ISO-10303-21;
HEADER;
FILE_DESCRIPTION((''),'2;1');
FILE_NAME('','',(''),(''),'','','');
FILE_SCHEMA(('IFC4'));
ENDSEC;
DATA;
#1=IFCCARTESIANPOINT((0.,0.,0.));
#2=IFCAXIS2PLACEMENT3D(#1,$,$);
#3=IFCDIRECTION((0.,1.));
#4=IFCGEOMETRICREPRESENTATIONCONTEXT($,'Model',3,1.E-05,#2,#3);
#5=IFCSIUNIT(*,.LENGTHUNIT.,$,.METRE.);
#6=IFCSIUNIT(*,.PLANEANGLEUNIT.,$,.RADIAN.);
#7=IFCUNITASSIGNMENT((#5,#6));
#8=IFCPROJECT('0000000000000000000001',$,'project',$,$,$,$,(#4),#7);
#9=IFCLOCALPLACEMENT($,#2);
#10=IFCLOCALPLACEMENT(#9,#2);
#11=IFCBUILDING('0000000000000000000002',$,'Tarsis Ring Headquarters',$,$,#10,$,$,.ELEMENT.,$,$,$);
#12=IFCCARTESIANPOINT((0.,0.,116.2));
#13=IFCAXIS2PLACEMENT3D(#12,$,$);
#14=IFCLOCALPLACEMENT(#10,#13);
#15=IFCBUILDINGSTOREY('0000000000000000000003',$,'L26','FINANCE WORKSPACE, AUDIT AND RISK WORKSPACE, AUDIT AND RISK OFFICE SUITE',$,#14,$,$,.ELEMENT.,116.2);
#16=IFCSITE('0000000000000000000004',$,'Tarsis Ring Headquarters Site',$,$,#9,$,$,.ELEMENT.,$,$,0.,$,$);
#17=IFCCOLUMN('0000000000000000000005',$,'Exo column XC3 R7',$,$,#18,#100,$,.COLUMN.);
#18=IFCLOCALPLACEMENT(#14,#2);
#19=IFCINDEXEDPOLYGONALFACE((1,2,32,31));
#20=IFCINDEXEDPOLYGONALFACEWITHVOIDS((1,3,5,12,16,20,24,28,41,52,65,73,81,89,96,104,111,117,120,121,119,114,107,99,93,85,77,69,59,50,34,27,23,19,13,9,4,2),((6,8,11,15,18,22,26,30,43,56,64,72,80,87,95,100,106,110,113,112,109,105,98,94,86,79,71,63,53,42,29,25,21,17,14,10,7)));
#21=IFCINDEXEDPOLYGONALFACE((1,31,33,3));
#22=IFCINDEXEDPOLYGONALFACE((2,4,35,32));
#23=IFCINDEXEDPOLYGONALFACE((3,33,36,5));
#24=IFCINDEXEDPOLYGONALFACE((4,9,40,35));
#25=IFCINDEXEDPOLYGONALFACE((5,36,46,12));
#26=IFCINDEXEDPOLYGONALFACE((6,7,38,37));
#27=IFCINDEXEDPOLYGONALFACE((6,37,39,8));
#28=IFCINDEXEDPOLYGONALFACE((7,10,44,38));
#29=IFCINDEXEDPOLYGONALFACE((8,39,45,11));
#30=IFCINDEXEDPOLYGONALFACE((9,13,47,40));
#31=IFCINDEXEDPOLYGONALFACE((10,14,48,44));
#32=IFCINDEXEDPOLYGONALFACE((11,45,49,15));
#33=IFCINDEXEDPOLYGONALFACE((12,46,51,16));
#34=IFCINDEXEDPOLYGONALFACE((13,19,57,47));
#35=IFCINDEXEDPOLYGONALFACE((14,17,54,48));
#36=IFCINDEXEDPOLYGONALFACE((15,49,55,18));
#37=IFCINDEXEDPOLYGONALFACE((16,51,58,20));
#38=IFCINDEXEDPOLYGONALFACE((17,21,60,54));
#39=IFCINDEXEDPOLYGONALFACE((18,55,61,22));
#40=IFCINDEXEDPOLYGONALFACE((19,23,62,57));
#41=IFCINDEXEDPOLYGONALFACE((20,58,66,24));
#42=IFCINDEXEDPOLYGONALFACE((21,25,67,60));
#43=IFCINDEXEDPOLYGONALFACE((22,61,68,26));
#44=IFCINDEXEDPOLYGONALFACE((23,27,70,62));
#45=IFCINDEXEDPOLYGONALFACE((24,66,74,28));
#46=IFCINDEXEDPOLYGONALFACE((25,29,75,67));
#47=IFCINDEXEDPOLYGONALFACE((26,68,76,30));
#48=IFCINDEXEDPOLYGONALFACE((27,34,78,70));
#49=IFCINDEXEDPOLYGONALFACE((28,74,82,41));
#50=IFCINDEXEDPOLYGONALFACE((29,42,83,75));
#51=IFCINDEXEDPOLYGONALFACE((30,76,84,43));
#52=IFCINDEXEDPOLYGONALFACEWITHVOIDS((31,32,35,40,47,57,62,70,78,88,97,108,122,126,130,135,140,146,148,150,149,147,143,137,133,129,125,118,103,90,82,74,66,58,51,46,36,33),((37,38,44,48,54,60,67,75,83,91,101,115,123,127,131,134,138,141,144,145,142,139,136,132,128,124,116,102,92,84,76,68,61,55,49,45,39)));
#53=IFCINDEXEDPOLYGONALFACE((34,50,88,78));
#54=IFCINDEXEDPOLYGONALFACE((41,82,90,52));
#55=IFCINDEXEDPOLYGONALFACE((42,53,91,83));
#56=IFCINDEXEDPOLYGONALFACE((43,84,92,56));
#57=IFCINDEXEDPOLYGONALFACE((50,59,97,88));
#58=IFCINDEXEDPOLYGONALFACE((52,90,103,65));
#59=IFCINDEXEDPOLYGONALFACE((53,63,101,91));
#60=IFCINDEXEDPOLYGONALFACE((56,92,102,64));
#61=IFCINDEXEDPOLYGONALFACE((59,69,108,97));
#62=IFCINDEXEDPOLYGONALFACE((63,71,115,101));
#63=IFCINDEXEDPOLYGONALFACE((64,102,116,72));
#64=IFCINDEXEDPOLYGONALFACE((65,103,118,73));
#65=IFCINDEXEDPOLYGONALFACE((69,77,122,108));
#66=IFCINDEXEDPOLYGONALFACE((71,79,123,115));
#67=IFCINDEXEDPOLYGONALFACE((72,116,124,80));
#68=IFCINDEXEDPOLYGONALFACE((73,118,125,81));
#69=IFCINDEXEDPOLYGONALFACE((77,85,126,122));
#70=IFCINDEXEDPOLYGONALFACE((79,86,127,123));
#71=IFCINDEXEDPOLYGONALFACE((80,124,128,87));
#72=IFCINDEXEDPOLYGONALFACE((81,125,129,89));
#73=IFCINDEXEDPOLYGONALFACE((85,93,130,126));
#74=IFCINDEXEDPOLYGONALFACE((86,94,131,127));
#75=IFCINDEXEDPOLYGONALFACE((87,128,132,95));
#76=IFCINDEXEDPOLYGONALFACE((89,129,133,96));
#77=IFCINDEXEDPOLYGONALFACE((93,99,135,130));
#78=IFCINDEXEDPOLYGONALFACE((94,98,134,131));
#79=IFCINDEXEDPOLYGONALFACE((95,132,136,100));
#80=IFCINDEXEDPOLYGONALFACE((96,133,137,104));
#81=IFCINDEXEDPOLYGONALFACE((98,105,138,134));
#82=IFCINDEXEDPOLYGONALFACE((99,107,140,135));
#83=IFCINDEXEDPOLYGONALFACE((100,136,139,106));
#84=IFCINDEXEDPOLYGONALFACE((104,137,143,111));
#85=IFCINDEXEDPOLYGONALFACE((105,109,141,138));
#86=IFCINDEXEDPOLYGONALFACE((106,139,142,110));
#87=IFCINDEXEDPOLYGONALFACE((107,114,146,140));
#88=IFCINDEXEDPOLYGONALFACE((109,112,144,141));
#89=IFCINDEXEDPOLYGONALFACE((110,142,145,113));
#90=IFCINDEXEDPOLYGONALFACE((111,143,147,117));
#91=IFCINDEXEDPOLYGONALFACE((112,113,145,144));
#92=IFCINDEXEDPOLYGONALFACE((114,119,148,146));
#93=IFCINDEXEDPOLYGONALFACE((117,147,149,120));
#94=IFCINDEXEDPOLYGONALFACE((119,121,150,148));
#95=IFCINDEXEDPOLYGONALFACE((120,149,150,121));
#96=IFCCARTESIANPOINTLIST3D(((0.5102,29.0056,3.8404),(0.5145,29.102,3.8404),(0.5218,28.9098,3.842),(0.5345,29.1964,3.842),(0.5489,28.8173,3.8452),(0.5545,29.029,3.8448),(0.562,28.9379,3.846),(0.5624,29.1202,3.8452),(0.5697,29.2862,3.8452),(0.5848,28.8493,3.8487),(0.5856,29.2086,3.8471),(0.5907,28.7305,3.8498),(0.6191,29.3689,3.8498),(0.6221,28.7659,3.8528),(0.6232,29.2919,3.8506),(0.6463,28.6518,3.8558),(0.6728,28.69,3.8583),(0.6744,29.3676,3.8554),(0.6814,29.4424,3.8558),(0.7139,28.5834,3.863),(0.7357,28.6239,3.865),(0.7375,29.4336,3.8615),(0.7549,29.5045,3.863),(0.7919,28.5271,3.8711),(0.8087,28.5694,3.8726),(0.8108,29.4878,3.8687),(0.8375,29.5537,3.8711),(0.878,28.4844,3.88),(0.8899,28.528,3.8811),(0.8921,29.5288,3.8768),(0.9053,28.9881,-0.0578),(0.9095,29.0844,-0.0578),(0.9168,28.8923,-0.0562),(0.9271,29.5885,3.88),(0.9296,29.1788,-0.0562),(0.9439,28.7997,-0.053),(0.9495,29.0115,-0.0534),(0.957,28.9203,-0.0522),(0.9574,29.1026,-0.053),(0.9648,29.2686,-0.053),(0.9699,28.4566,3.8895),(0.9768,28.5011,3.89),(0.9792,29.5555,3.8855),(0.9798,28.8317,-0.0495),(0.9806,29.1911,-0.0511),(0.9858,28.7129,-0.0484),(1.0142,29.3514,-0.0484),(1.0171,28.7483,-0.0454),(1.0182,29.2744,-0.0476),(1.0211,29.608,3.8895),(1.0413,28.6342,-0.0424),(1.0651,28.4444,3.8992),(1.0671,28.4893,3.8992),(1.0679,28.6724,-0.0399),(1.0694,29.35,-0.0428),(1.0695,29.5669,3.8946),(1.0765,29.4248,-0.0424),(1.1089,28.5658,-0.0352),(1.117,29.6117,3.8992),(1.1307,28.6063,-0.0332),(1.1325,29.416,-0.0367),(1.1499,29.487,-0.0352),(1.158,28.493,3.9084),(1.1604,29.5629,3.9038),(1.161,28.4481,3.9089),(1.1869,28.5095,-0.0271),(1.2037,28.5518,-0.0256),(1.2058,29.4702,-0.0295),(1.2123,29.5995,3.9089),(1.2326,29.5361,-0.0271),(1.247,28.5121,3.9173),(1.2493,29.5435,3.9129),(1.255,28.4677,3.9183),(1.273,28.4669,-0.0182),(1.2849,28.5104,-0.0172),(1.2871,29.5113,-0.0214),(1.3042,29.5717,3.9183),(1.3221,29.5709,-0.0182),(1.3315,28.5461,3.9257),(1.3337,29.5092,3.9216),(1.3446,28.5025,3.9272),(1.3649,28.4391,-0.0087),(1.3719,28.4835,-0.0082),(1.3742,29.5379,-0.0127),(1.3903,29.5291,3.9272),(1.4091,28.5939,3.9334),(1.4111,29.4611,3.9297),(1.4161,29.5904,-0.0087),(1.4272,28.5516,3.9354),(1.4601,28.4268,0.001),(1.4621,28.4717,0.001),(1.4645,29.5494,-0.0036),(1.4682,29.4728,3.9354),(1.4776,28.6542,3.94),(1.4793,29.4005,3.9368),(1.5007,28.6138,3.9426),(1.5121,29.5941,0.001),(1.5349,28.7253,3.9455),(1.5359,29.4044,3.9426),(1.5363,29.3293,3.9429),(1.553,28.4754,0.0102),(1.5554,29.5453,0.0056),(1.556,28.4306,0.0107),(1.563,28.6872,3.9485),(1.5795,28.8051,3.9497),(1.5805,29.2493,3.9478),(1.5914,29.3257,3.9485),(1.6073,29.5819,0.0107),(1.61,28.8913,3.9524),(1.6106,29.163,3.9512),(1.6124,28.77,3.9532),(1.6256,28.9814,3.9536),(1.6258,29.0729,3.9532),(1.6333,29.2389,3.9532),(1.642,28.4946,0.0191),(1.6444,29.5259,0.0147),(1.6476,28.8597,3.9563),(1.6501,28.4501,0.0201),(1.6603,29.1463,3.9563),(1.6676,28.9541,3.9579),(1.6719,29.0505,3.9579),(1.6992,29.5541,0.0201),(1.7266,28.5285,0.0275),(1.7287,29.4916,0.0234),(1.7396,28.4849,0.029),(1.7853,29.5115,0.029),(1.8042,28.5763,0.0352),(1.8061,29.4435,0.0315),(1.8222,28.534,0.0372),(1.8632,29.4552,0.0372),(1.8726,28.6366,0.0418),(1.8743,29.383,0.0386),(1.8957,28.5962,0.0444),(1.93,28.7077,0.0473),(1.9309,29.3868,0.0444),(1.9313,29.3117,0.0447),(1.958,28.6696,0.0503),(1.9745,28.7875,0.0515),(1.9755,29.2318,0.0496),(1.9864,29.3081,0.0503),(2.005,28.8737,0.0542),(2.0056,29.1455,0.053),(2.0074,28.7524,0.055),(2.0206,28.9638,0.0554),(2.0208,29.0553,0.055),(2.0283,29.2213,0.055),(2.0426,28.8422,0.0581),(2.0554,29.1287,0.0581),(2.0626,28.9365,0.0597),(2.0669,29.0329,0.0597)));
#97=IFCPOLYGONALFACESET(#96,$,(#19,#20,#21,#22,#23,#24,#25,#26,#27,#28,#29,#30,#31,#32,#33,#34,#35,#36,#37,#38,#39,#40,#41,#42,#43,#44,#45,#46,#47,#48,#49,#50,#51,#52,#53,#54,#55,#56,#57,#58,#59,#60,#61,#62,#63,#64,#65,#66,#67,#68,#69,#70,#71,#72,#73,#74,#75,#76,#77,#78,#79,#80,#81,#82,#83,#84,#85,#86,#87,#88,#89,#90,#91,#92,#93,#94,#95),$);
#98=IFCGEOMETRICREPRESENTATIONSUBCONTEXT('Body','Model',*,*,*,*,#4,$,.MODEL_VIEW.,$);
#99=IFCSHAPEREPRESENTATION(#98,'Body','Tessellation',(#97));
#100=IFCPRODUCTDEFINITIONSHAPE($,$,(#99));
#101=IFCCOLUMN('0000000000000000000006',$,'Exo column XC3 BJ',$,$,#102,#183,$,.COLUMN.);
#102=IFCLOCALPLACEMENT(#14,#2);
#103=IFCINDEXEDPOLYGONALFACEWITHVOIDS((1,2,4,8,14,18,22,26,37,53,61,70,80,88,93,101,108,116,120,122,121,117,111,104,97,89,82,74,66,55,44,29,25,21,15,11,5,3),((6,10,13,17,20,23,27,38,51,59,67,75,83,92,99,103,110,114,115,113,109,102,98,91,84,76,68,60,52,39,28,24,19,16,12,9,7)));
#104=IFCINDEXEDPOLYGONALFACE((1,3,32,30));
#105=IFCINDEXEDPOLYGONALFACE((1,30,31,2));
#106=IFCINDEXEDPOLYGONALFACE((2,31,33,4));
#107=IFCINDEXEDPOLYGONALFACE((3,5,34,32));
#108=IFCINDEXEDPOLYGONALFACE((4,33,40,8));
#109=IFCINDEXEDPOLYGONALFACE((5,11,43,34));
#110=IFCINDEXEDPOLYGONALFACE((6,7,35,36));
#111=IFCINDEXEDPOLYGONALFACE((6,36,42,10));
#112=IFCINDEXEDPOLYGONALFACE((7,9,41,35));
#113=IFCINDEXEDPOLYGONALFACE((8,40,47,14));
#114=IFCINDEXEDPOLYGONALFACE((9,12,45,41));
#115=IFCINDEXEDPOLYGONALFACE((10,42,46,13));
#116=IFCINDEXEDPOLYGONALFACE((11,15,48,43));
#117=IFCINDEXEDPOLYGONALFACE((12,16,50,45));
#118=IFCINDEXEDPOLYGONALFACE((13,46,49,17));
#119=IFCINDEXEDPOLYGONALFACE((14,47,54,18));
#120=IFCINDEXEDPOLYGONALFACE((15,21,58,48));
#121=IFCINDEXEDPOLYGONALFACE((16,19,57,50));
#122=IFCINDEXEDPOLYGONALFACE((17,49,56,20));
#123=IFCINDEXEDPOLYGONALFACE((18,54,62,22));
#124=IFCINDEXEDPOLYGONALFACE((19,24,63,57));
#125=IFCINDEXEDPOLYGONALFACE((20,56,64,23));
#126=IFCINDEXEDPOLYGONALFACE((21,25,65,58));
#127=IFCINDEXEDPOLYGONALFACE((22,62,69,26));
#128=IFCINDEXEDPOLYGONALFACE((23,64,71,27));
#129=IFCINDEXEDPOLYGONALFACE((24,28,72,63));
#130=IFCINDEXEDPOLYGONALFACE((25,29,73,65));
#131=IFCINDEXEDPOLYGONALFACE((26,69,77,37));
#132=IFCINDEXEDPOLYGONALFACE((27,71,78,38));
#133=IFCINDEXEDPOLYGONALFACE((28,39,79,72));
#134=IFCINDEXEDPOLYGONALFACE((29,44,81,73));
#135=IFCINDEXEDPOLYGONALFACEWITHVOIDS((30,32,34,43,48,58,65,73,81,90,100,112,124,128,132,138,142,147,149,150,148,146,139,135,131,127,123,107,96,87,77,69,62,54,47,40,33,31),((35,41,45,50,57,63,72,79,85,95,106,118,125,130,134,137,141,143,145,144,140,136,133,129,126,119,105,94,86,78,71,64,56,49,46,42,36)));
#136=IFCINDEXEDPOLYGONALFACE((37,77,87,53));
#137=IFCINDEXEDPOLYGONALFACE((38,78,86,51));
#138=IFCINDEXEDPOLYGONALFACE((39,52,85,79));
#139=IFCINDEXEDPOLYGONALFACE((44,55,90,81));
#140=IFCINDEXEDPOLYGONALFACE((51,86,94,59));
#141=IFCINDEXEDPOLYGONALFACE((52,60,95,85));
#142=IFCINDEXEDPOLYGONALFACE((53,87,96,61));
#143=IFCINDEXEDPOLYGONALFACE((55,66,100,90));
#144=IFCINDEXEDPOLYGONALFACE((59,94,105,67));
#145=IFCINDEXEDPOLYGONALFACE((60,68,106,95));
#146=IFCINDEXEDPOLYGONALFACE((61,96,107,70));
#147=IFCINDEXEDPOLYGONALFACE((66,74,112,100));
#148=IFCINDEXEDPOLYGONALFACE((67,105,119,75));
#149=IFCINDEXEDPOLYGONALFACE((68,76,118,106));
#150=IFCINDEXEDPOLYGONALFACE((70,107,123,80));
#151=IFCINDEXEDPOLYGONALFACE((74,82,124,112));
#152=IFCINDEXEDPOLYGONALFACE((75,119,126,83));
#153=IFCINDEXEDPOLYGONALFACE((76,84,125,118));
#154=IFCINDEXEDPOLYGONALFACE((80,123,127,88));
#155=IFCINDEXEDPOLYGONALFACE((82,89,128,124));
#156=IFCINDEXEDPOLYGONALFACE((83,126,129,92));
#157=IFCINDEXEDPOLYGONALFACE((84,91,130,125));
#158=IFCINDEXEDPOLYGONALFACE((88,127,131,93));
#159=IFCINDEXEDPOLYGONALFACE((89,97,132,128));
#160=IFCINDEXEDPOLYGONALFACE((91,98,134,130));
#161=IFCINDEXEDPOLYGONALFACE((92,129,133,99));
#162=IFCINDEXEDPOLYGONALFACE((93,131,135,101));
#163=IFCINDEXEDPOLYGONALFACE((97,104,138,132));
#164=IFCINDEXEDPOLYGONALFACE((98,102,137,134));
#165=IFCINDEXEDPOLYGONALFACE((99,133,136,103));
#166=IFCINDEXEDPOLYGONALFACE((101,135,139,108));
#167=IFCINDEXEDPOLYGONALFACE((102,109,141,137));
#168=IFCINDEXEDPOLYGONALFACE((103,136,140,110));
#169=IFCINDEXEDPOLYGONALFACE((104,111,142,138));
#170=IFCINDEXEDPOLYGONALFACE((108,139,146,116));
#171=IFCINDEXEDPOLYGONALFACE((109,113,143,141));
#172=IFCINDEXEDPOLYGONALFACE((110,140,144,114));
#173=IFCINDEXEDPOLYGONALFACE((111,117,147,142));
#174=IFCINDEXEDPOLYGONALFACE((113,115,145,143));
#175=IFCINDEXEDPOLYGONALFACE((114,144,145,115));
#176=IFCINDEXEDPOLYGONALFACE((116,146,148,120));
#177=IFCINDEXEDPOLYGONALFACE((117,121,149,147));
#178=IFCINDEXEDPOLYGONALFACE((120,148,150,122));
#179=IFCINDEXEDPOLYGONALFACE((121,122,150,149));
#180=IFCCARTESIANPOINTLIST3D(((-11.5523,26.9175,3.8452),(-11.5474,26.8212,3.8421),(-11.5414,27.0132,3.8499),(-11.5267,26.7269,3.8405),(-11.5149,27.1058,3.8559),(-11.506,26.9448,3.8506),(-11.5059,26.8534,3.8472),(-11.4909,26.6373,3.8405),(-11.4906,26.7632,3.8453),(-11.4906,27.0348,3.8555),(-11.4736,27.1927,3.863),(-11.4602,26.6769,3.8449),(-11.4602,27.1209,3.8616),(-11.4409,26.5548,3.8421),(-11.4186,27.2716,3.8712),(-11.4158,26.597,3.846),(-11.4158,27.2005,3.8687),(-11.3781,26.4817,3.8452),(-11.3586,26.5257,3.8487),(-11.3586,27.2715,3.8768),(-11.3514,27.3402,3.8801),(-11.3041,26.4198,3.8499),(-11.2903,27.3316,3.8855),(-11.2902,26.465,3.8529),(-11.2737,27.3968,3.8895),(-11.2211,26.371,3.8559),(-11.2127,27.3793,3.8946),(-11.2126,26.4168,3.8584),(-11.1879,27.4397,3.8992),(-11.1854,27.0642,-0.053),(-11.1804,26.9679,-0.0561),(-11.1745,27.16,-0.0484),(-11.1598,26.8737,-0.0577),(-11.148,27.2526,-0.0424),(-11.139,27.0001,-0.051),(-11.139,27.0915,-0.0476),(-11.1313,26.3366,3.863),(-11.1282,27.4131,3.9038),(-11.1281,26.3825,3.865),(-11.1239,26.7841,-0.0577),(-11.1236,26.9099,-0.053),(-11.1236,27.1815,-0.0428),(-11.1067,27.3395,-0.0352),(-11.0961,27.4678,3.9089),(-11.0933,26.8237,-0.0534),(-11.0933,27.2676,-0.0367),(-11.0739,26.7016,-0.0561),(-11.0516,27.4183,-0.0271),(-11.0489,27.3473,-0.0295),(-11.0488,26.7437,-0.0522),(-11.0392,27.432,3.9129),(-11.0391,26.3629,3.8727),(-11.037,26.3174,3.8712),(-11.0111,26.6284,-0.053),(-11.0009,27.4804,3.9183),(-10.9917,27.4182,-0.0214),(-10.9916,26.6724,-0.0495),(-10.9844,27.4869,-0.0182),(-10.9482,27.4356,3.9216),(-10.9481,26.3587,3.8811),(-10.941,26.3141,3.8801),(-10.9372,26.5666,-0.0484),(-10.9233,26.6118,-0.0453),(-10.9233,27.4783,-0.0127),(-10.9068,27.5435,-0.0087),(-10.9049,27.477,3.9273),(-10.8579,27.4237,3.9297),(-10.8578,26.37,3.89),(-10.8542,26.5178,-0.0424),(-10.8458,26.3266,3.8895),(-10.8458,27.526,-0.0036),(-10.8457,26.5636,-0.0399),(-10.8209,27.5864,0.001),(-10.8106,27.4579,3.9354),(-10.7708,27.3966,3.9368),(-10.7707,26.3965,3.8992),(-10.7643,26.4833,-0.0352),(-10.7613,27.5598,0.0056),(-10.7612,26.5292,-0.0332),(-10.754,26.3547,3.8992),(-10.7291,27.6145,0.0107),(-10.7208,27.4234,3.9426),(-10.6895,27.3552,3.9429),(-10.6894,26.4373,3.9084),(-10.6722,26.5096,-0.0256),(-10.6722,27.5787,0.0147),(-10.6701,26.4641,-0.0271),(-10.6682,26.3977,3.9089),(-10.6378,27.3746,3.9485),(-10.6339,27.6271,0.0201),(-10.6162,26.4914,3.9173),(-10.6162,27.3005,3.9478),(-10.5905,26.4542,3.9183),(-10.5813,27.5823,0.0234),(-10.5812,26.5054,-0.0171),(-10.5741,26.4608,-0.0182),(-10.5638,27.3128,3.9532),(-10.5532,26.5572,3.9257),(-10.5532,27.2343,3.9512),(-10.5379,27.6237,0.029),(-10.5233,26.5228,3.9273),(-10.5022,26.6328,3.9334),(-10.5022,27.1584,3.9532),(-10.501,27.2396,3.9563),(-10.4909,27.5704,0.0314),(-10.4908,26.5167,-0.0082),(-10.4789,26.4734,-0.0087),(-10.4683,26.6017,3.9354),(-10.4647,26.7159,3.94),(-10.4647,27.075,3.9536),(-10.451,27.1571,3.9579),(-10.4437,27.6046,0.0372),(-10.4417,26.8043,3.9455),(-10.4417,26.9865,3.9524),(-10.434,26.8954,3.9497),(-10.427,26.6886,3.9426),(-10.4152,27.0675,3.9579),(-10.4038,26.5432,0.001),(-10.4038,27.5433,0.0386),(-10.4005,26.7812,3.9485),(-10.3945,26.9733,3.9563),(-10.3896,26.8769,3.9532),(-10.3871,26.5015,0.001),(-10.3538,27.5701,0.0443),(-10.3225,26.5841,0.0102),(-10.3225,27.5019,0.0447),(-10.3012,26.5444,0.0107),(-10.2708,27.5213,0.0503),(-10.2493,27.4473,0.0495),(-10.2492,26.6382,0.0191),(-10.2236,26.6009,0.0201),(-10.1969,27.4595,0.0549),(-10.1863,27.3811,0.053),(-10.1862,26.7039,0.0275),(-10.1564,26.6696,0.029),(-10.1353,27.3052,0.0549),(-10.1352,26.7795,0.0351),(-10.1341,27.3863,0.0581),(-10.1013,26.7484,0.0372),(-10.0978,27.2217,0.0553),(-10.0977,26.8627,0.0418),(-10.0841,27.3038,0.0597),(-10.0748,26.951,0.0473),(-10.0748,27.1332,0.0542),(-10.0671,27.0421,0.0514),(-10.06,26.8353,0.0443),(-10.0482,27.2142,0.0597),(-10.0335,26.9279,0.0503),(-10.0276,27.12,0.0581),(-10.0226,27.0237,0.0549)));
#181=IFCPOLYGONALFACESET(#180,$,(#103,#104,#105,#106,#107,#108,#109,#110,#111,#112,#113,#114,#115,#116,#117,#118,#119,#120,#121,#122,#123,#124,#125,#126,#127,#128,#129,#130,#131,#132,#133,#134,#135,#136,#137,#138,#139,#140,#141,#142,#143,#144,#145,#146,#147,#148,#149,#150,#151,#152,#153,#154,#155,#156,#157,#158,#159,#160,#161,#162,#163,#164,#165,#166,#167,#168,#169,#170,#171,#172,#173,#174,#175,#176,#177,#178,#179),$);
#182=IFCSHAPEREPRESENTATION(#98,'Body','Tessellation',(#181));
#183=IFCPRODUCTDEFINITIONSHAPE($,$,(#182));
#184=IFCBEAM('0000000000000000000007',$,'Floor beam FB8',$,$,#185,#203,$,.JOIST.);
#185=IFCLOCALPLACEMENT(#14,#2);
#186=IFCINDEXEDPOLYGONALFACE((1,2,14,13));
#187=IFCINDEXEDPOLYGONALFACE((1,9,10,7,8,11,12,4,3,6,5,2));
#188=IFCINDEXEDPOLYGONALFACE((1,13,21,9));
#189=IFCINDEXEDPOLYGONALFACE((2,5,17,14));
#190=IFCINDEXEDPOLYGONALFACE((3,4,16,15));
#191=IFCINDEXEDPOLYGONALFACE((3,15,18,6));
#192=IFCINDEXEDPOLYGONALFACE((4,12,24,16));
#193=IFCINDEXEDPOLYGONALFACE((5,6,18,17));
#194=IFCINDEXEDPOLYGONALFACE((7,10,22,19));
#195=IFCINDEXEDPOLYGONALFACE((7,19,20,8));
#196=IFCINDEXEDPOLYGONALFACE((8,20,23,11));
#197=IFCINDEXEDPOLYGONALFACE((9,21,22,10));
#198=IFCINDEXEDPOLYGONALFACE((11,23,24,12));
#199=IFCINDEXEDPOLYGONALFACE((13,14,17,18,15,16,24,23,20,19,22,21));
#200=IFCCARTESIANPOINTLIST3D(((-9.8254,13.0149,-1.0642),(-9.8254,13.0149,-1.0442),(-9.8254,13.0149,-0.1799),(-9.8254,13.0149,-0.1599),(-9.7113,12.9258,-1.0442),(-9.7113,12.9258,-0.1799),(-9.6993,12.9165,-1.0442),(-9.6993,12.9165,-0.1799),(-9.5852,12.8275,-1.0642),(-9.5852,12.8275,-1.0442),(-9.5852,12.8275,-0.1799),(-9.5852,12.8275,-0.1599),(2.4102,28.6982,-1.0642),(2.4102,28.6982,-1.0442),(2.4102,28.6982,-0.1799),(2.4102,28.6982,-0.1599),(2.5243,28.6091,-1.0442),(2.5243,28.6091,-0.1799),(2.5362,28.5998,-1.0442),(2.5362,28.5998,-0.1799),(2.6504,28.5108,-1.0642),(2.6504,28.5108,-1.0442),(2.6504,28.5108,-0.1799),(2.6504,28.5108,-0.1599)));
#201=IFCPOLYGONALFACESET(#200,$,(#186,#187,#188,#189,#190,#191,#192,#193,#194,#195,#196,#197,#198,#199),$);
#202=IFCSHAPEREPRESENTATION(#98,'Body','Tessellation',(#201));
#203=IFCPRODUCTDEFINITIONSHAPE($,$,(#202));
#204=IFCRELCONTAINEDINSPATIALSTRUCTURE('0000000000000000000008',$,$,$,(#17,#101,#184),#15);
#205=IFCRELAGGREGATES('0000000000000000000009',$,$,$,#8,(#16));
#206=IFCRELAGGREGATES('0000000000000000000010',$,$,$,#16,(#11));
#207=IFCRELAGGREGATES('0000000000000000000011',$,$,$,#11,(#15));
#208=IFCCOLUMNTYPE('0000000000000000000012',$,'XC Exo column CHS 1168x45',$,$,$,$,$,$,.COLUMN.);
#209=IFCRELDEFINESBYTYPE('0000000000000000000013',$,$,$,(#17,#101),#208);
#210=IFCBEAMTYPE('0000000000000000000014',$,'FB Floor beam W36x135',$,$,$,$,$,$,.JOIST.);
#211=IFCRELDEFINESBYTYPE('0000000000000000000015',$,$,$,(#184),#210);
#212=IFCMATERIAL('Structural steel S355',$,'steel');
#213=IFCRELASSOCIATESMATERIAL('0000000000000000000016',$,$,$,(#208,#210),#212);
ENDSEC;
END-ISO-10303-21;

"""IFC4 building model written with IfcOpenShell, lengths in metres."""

from ifc_helpers import new_model, si_unit, direction, frame, origin, origin_2d, place, context, subcontext, project, spatial, hollow_circle, i_section, extrude, material, material_profile, profile_set, type_object, element, save


model = new_model("IFC4")

# Units and contexts
model_context = context("Model", 3, precision=1e-05, world=origin(), true_north=direction((0.0, 1.0)))
body_context = subcontext(model_context, "Body", "Model", "MODEL_VIEW")
ifc_project = project(units=[si_unit("LENGTHUNIT", "METRE"), si_unit("PLANEANGLEUNIT", "RADIAN")], contexts=[model_context])

# Site, building, storey
site_placement = place(None, origin())
site = spatial("IfcSite", under=ifc_project, at=site_placement, Name="Tarsis Ring Headquarters Site", CompositionType="ELEMENT", RefElevation=0.0)
building_placement = place(site_placement, origin())
building = spatial("IfcBuilding", under=site, at=building_placement, Name="Tarsis Ring Headquarters", CompositionType="ELEMENT")
storey_placement = place(building_placement, frame((0.0, 0.0, 116.2)))
storey = spatial("IfcBuildingStorey", under=building, at=storey_placement, Name="L26", Description="FINANCE WORKSPACE, AUDIT AND RISK WORKSPACE, AUDIT AND RISK OFFICE SUITE", CompositionType="ELEMENT", Elevation=116.2)

# Columns
ifc_material_1 = material(Name="Structural steel S355", Category="steel")
ifc_material_profile_1 = material_profile(ifc_material_1, hollow_circle(Radius=0.5842, WallThickness=0.0449, at=origin_2d()), Name="CHS 1168x45")
ifc_profile_set_1 = profile_set([ifc_material_profile_1], Name="Structural steel S355")
column_type = type_object("IfcColumnType", Name="XC Exo column CHS 1168x45", PredefinedType="COLUMN", material=ifc_profile_set_1)
for number, where, z_axis, x_axis, name in (
    (1, (1.4861, 29.0105, 0.001), (-0.100817, 0.004486, 0.994895), (-0.044455, -0.999011, 0.0), "Exo column XC3 R7"),
    (2, (-10.604, 27.0439, 0.001), (-0.093652, -0.037448, 0.994901), (0.371284, -0.928519, 0.0), "Exo column XC3 BJ"),
):
    element("IfcColumn", number, at=place(storey_placement, frame(where, z_axis=z_axis, x_axis=x_axis)), inside=storey, type_object=column_type, Name=name, PredefinedType="COLUMN", context=body_context, shape_type="SweptSolid", body=[
        extrude(hollow_circle(Radius=0.5842, WallThickness=0.0449, at=origin_2d()), origin(), (0.0, 0.0, 1.0), 3.9182),
    ])

# Beam
ifc_material_profile_2 = material_profile(ifc_material_1, i_section(OverallWidth=0.3047, OverallDepth=0.9043, WebThickness=0.0151, FlangeThickness=0.02, at=origin_2d()), Name="W36x135")
ifc_profile_set_2 = profile_set([ifc_material_profile_2], Name="Structural steel S355")
beam_type_1 = type_object("IfcBeamType", Name="FB Floor beam W36x135", PredefinedType="JOIST", material=ifc_profile_set_2)
beam_1_placement = place(storey_placement, frame((2.5303, 28.6045, -0.6121), z_axis=(-0.615113, -0.788439, 0.0), x_axis=(0.788439, -0.615113, 0.0)))
element("IfcBeam", 3, at=beam_1_placement, inside=storey, type_object=beam_type_1, Name="Floor beam FB8", PredefinedType="JOIST", context=body_context, shape_type="SweptSolid", body=[
    extrude(i_section(OverallWidth=0.3047, OverallDepth=0.9043, WebThickness=0.0151, FlangeThickness=0.02, at=origin_2d()), origin(), (0.0, 0.0, 1.0), 19.8916),
])

save(model, "model.ifc")
